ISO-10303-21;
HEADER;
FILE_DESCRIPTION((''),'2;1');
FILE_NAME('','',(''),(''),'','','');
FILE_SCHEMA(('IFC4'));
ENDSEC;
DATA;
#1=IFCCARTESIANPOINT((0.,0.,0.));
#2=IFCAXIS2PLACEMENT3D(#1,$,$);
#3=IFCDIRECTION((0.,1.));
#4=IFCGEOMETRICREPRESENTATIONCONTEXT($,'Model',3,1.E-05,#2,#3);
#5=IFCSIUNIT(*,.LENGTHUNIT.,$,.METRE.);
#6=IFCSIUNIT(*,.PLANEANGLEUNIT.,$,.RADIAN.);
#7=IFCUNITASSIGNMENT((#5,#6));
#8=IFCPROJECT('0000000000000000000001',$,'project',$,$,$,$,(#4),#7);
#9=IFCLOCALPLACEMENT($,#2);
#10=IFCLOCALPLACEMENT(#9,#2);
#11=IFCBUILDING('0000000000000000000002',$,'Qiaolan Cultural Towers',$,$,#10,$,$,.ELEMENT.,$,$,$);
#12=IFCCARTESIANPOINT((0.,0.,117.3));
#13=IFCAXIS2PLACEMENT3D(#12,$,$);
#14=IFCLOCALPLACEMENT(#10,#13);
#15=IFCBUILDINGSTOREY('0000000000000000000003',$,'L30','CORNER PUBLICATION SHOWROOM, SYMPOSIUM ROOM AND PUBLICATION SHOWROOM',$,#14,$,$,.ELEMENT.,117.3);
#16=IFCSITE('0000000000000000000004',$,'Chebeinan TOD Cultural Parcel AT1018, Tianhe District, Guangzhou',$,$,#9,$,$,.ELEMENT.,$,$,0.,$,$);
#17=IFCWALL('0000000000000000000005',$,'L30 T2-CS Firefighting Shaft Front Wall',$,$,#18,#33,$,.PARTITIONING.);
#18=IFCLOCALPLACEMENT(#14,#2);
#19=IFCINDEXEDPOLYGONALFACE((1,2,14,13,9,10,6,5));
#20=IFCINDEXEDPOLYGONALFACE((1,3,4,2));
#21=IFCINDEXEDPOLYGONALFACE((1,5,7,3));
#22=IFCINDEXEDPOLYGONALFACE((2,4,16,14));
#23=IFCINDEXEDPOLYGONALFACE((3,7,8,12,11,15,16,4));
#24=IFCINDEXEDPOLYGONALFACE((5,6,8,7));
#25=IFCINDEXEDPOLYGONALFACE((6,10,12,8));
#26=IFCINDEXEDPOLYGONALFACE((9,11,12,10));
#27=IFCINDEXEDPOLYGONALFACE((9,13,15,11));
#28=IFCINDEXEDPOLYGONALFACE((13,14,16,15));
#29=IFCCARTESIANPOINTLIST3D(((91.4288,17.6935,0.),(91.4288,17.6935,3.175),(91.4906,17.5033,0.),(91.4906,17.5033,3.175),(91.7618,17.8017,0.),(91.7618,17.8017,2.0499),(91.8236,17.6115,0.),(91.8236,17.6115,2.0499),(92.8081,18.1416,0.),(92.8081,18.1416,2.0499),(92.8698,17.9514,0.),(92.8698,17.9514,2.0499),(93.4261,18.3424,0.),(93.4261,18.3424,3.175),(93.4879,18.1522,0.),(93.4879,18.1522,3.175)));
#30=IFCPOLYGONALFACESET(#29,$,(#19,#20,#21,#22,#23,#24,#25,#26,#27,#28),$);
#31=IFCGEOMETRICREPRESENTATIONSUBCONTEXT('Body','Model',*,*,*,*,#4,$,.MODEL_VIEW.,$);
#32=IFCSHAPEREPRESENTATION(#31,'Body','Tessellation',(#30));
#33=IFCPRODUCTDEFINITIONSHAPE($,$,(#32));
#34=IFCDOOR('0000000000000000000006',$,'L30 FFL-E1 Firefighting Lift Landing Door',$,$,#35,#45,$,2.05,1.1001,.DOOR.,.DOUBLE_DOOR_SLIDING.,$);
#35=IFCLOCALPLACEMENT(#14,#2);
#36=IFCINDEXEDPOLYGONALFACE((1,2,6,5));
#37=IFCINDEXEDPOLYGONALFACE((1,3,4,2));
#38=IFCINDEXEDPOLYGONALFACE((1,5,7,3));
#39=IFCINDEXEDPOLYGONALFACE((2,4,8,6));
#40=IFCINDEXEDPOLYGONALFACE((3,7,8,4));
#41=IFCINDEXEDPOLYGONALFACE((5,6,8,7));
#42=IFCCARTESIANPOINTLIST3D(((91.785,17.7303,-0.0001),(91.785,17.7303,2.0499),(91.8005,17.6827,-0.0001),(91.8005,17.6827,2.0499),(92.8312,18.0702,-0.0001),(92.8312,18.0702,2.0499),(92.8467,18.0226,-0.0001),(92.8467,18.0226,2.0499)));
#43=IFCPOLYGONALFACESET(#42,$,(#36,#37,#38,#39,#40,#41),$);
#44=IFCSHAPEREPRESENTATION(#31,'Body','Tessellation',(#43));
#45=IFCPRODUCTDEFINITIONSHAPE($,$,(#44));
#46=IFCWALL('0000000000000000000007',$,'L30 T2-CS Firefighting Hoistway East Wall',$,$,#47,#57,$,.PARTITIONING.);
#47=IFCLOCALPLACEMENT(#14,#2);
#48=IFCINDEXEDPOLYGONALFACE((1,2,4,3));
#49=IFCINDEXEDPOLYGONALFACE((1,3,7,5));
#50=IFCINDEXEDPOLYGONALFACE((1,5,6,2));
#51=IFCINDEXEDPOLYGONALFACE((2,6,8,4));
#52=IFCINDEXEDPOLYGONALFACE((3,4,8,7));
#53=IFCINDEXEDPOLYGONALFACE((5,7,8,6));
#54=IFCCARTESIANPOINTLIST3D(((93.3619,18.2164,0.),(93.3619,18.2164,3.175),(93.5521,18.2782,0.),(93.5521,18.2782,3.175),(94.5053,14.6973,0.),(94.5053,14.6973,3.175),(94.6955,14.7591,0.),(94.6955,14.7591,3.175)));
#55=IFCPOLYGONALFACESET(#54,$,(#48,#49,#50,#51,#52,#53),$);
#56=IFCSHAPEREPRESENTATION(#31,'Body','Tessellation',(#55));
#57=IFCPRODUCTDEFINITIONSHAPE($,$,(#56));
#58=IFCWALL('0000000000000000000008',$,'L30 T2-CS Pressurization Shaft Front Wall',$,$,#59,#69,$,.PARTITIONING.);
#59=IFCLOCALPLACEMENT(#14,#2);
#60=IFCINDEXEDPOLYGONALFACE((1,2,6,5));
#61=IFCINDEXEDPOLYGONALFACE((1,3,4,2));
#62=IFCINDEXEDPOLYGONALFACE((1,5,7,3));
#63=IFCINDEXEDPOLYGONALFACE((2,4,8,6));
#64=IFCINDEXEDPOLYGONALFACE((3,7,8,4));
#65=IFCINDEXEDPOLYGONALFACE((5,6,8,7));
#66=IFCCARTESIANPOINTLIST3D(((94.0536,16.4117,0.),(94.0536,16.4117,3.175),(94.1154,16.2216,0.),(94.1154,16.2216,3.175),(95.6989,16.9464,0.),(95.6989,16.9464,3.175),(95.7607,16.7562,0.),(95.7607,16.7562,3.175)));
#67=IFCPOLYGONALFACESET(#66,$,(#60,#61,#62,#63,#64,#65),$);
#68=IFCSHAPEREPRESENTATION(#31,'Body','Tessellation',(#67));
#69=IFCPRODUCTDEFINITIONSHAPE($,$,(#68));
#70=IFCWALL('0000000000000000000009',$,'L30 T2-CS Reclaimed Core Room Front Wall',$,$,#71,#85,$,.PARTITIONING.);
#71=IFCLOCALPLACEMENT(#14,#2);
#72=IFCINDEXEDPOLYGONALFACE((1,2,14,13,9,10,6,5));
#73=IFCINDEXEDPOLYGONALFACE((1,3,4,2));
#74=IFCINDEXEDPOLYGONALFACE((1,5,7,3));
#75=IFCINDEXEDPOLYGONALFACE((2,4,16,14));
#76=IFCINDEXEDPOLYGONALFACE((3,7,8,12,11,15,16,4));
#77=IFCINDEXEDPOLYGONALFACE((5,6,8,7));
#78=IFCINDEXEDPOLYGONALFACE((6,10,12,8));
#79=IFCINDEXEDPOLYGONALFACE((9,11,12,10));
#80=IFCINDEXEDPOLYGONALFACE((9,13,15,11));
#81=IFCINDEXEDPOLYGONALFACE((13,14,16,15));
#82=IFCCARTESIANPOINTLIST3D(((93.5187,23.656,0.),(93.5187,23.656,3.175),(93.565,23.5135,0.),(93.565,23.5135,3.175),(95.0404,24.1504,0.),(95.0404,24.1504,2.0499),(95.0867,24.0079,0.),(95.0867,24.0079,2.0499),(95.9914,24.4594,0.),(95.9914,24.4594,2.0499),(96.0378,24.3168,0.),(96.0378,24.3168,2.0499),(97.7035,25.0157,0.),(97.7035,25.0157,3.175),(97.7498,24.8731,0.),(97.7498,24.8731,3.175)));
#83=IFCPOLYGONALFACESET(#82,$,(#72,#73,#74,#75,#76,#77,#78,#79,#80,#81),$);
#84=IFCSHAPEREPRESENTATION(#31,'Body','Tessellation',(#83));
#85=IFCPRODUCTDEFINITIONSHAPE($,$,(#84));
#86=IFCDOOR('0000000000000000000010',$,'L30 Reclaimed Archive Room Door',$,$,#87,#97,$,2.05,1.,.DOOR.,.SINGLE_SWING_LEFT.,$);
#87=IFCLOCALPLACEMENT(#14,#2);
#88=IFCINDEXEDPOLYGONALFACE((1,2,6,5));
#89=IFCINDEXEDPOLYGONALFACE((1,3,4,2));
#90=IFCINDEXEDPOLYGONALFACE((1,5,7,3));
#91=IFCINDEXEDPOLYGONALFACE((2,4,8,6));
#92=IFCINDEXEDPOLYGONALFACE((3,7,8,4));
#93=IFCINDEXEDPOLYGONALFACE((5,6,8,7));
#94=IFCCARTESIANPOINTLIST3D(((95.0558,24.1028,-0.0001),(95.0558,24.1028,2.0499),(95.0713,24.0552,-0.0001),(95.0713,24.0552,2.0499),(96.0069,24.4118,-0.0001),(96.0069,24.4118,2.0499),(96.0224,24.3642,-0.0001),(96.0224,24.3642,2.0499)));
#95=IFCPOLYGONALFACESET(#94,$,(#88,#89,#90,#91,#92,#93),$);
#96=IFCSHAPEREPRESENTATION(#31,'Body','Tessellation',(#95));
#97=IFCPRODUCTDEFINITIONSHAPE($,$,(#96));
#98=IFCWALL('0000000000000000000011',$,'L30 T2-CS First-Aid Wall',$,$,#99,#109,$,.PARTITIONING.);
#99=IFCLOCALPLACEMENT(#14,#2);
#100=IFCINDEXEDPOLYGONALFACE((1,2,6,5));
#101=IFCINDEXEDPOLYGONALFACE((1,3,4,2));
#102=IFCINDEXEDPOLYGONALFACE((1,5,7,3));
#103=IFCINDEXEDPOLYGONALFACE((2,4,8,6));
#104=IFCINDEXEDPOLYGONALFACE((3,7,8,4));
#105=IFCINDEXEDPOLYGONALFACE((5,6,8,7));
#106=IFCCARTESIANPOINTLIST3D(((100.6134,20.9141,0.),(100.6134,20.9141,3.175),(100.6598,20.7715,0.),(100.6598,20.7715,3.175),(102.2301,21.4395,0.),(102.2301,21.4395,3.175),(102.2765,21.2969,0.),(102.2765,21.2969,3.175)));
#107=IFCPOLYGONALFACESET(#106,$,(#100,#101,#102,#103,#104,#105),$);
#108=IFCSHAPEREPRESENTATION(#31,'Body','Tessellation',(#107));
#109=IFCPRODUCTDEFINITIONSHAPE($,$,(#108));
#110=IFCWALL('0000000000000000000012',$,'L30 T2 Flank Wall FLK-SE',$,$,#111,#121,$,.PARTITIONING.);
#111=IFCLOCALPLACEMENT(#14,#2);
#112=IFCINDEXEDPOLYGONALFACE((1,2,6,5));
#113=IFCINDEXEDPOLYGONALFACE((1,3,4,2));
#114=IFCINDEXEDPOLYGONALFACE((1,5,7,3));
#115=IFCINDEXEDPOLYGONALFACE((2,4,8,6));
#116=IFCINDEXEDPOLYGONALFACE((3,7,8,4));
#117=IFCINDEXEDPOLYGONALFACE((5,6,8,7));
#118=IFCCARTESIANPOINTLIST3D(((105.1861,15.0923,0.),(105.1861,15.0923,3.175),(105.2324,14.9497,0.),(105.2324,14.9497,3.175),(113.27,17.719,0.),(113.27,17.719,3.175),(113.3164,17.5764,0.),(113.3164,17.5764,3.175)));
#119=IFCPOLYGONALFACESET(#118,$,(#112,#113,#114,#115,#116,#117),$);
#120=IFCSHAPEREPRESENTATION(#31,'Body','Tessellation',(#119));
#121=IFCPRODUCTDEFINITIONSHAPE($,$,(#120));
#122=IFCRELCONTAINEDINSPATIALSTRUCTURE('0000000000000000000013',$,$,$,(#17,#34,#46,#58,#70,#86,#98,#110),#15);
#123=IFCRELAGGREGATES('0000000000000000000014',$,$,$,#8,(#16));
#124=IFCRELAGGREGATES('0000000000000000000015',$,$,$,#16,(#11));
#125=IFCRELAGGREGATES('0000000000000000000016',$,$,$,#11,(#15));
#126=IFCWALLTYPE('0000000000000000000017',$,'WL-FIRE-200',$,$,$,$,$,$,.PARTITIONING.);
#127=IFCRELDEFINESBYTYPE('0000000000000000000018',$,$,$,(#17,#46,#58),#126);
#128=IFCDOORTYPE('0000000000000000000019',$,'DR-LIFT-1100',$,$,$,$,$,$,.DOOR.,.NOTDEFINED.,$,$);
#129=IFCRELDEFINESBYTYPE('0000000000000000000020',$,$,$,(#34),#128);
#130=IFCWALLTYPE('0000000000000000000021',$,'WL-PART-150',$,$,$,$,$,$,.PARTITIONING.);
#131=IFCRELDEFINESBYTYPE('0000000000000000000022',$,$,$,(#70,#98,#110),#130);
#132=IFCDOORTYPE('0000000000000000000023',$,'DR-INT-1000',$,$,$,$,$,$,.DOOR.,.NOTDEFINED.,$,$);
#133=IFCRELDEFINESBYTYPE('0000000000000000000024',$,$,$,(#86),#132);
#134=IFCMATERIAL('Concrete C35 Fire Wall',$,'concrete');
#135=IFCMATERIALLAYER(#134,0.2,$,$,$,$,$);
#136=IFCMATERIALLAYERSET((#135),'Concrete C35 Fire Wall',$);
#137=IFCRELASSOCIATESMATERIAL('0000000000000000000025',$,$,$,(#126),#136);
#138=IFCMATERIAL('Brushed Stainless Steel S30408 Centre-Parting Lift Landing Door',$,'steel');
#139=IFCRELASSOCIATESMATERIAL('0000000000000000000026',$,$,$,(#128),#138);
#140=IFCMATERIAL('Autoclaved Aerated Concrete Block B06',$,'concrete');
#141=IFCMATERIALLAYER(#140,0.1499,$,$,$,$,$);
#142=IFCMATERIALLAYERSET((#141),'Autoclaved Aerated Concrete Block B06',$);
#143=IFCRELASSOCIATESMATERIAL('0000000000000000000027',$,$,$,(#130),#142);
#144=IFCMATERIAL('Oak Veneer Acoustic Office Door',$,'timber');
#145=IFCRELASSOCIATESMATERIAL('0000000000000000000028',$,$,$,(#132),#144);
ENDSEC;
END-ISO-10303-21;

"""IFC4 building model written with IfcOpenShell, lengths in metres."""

from ifc_helpers import new_model, si_unit, direction, frame, frame_2d, origin, place, context, subcontext, project, spatial, rectangle, extrude, material, layer, layer_set, type_object, element, fill, save


model = new_model("IFC4")

# Units and contexts
model_context = context("Model", 3, precision=1e-05, world=origin(), true_north=direction((0.0, 1.0)))
body_context = subcontext(model_context, "Body", "Model", "MODEL_VIEW")
ifc_project = project(units=[si_unit("LENGTHUNIT", "METRE"), si_unit("PLANEANGLEUNIT", "RADIAN")], contexts=[model_context])

# Site, building, storey
site_placement = place(None, origin())
site = spatial("IfcSite", under=ifc_project, at=site_placement, Name="Chebeinan TOD Cultural Parcel AT1018, Tianhe District, Guangzhou", CompositionType="ELEMENT", RefElevation=0.0)
building_placement = place(site_placement, origin())
building = spatial("IfcBuilding", under=site, at=building_placement, Name="Qiaolan Cultural Towers", CompositionType="ELEMENT")
storey_placement = place(building_placement, frame((0.0, 0.0, 117.3)))
storey = spatial("IfcBuildingStorey", under=building, at=storey_placement, Name="L30", Description="CORNER PUBLICATION SHOWROOM, SYMPOSIUM ROOM AND PUBLICATION SHOWROOM", CompositionType="ELEMENT", Elevation=117.3)

# Shared definitions
ifc_material_1 = material(Name="Concrete C35 Fire Wall", Category="concrete")
ifc_layer_1 = layer(ifc_material_1, 0.2)
ifc_layer_set_1 = layer_set([ifc_layer_1], Name="Concrete C35 Fire Wall")
wall_type_1 = type_object("IfcWallType", Name="WL-FIRE-200", PredefinedType="PARTITIONING", material=ifc_layer_set_1)

# Wall, opening, door
wall_1_placement = place(storey_placement, frame((91.4597, 17.5984, 0.0), z_axis=(0.0, 0.0, 1.0), x_axis=(0.951062, 0.308999, 0.0)))
wall_1 = element("IfcWall", 1, at=wall_1_placement, inside=storey, type_object=wall_type_1, Name="L30 T2-CS Firefighting Shaft Front Wall", PredefinedType="PARTITIONING", context=body_context, shape_type="SweptSolid", body=[
    extrude(rectangle(XDim=2.1001, YDim=0.2, at=frame_2d((1.05, 0.0))), origin(), (0.0, 0.0, 1.0), 3.175),
])
opening_1_placement = place(wall_1_placement, frame((0.3501, 0.0, 0.0)))
opening_1 = element("IfcOpeningElement", 2, at=opening_1_placement, cuts=wall_1, PredefinedType="OPENING", context=body_context, shape_type="SweptSolid", body=[
    extrude(rectangle(XDim=1.1001, YDim=2.05, at=frame_2d((0.55, 1.0249))), frame((0.0, 0.1099, 0.0), z_axis=(0.0, -1.0, 0.0), x_axis=(1.0, 0.0, 0.0)), (0.0, 0.0, 1.0), 0.22),
])
ifc_material_2 = material(Name="Brushed Stainless Steel S30408 Centre-Parting Lift Landing Door", Category="steel")
door_type_1 = type_object("IfcDoorType", Name="DR-LIFT-1100", OperationType="NOTDEFINED", PredefinedType="DOOR", material=ifc_material_2)
door_1_placement = place(opening_1_placement, origin())
door_1 = element("IfcDoor", 3, at=door_1_placement, inside=storey, type_object=door_type_1, Name="L30 FFL-E1 Firefighting Lift Landing Door", OperationType="DOUBLE_DOOR_SLIDING", OverallHeight=2.05, OverallWidth=1.1001, PredefinedType="DOOR", context=body_context, shape_type="SweptSolid", body=[
    extrude(rectangle(XDim=1.1001, YDim=2.05, at=frame_2d((0.55, 1.0249))), frame((0.0, 0.0249, 0.0), z_axis=(0.0, -1.0, 0.0), x_axis=(1.0, 0.0, 0.0)), (0.0, 0.0, 1.0), 0.05),
])
fill(opening_1, door_1)

# Walls
wall_2_placement = place(storey_placement, frame((93.457, 18.2473, 0.0), z_axis=(0.0, 0.0, 1.0), x_axis=(0.308994, -0.951064, 0.0)))
element("IfcWall", 4, at=wall_2_placement, inside=storey, type_object=wall_type_1, Name="L30 T2-CS Firefighting Hoistway East Wall", PredefinedType="PARTITIONING", context=body_context, shape_type="SweptSolid", body=[
    extrude(rectangle(XDim=3.7002, YDim=0.2, at=frame_2d((1.8501, 0.0))), origin(), (0.0, 0.0, 1.0), 3.175),
])
wall_3_placement = place(storey_placement, frame((94.0845, 16.3167, 0.0), z_axis=(0.0, 0.0, 1.0), x_axis=(0.951041, 0.309064, 0.0)))
element("IfcWall", 5, at=wall_3_placement, inside=storey, type_object=wall_type_1, Name="L30 T2-CS Pressurization Shaft Front Wall", PredefinedType="PARTITIONING", context=body_context, shape_type="SweptSolid", body=[
    extrude(rectangle(XDim=1.73, YDim=0.2, at=frame_2d((0.865, 0.0))), origin(), (0.0, 0.0, 1.0), 3.175),
])

# Wall, opening, door
ifc_material_3 = material(Name="Autoclaved Aerated Concrete Block B06", Category="concrete")
ifc_layer_2 = layer(ifc_material_3, 0.1499)
ifc_layer_set_2 = layer_set([ifc_layer_2], Name="Autoclaved Aerated Concrete Block B06")
wall_type_2 = type_object("IfcWallType", Name="WL-PART-150", PredefinedType="PARTITIONING", material=ifc_layer_set_2)
wall_4_placement = place(storey_placement, frame((93.5417, 23.5847, 0.0), z_axis=(0.0, 0.0, 1.0), x_axis=(0.951064, 0.308994, 0.0)))
wall_4 = element("IfcWall", 6, at=wall_4_placement, inside=storey, type_object=wall_type_2, Name="L30 T2-CS Reclaimed Core Room Front Wall", PredefinedType="PARTITIONING", context=body_context, shape_type="SweptSolid", body=[
    extrude(rectangle(XDim=4.4001, YDim=0.1499, at=frame_2d((2.2002, 0.0))), origin(), (0.0, 0.0, 1.0), 3.175),
])
opening_2_placement = place(wall_4_placement, frame((1.6001, 0.0, 0.0)))
opening_2 = element("IfcOpeningElement", 7, at=opening_2_placement, cuts=wall_4, PredefinedType="OPENING", context=body_context, shape_type="SweptSolid", body=[
    extrude(rectangle(XDim=1.0, YDim=2.05, at=frame_2d((0.5, 1.0249))), frame((0.0, 0.085, 0.0), z_axis=(0.0, -1.0, 0.0), x_axis=(1.0, 0.0, 0.0)), (0.0, 0.0, 1.0), 0.1699),
])
ifc_material_4 = material(Name="Oak Veneer Acoustic Office Door", Category="timber")
door_type_2 = type_object("IfcDoorType", Name="DR-INT-1000", OperationType="NOTDEFINED", PredefinedType="DOOR", material=ifc_material_4)
door_2_placement = place(opening_2_placement, origin())
door_2 = element("IfcDoor", 8, at=door_2_placement, inside=storey, type_object=door_type_2, Name="L30 Reclaimed Archive Room Door", OperationType="SINGLE_SWING_LEFT", OverallHeight=2.05, OverallWidth=1.0, PredefinedType="DOOR", context=body_context, shape_type="SweptSolid", body=[
    extrude(rectangle(XDim=1.0, YDim=2.05, at=frame_2d((0.5, 1.0249))), frame((0.0, 0.0249, 0.0), z_axis=(0.0, -1.0, 0.0), x_axis=(1.0, 0.0, 0.0)), (0.0, 0.0, 1.0), 0.05),
])
fill(opening_2, door_2)

# Walls
wall_5_placement = place(storey_placement, frame((100.6365, 20.8428, 0.0), z_axis=(0.0, 0.0, 1.0), x_axis=(0.95104, 0.309067, 0.0)))
element("IfcWall", 9, at=wall_5_placement, inside=storey, type_object=wall_type_2, Name="L30 T2-CS First-Aid Wall", PredefinedType="PARTITIONING", context=body_context, shape_type="SweptSolid", body=[
    extrude(rectangle(XDim=1.7, YDim=0.1499, at=frame_2d((0.8501, 0.0))), origin(), (0.0, 0.0, 1.0), 3.175),
])
wall_6_placement = place(storey_placement, frame((105.2092, 15.021, 0.0), z_axis=(0.0, 0.0, 1.0), x_axis=(0.951054, 0.309024, 0.0)))
element("IfcWall", 10, at=wall_6_placement, inside=storey, type_object=wall_type_2, Name="L30 T2 Flank Wall FLK-SE", PredefinedType="PARTITIONING", context=body_context, shape_type="SweptSolid", body=[
    extrude(rectangle(XDim=8.5, YDim=0.1499, at=frame_2d((4.25, 0.0))), origin(), (0.0, 0.0, 1.0), 3.175),
])

save(model, "model.ifc")
